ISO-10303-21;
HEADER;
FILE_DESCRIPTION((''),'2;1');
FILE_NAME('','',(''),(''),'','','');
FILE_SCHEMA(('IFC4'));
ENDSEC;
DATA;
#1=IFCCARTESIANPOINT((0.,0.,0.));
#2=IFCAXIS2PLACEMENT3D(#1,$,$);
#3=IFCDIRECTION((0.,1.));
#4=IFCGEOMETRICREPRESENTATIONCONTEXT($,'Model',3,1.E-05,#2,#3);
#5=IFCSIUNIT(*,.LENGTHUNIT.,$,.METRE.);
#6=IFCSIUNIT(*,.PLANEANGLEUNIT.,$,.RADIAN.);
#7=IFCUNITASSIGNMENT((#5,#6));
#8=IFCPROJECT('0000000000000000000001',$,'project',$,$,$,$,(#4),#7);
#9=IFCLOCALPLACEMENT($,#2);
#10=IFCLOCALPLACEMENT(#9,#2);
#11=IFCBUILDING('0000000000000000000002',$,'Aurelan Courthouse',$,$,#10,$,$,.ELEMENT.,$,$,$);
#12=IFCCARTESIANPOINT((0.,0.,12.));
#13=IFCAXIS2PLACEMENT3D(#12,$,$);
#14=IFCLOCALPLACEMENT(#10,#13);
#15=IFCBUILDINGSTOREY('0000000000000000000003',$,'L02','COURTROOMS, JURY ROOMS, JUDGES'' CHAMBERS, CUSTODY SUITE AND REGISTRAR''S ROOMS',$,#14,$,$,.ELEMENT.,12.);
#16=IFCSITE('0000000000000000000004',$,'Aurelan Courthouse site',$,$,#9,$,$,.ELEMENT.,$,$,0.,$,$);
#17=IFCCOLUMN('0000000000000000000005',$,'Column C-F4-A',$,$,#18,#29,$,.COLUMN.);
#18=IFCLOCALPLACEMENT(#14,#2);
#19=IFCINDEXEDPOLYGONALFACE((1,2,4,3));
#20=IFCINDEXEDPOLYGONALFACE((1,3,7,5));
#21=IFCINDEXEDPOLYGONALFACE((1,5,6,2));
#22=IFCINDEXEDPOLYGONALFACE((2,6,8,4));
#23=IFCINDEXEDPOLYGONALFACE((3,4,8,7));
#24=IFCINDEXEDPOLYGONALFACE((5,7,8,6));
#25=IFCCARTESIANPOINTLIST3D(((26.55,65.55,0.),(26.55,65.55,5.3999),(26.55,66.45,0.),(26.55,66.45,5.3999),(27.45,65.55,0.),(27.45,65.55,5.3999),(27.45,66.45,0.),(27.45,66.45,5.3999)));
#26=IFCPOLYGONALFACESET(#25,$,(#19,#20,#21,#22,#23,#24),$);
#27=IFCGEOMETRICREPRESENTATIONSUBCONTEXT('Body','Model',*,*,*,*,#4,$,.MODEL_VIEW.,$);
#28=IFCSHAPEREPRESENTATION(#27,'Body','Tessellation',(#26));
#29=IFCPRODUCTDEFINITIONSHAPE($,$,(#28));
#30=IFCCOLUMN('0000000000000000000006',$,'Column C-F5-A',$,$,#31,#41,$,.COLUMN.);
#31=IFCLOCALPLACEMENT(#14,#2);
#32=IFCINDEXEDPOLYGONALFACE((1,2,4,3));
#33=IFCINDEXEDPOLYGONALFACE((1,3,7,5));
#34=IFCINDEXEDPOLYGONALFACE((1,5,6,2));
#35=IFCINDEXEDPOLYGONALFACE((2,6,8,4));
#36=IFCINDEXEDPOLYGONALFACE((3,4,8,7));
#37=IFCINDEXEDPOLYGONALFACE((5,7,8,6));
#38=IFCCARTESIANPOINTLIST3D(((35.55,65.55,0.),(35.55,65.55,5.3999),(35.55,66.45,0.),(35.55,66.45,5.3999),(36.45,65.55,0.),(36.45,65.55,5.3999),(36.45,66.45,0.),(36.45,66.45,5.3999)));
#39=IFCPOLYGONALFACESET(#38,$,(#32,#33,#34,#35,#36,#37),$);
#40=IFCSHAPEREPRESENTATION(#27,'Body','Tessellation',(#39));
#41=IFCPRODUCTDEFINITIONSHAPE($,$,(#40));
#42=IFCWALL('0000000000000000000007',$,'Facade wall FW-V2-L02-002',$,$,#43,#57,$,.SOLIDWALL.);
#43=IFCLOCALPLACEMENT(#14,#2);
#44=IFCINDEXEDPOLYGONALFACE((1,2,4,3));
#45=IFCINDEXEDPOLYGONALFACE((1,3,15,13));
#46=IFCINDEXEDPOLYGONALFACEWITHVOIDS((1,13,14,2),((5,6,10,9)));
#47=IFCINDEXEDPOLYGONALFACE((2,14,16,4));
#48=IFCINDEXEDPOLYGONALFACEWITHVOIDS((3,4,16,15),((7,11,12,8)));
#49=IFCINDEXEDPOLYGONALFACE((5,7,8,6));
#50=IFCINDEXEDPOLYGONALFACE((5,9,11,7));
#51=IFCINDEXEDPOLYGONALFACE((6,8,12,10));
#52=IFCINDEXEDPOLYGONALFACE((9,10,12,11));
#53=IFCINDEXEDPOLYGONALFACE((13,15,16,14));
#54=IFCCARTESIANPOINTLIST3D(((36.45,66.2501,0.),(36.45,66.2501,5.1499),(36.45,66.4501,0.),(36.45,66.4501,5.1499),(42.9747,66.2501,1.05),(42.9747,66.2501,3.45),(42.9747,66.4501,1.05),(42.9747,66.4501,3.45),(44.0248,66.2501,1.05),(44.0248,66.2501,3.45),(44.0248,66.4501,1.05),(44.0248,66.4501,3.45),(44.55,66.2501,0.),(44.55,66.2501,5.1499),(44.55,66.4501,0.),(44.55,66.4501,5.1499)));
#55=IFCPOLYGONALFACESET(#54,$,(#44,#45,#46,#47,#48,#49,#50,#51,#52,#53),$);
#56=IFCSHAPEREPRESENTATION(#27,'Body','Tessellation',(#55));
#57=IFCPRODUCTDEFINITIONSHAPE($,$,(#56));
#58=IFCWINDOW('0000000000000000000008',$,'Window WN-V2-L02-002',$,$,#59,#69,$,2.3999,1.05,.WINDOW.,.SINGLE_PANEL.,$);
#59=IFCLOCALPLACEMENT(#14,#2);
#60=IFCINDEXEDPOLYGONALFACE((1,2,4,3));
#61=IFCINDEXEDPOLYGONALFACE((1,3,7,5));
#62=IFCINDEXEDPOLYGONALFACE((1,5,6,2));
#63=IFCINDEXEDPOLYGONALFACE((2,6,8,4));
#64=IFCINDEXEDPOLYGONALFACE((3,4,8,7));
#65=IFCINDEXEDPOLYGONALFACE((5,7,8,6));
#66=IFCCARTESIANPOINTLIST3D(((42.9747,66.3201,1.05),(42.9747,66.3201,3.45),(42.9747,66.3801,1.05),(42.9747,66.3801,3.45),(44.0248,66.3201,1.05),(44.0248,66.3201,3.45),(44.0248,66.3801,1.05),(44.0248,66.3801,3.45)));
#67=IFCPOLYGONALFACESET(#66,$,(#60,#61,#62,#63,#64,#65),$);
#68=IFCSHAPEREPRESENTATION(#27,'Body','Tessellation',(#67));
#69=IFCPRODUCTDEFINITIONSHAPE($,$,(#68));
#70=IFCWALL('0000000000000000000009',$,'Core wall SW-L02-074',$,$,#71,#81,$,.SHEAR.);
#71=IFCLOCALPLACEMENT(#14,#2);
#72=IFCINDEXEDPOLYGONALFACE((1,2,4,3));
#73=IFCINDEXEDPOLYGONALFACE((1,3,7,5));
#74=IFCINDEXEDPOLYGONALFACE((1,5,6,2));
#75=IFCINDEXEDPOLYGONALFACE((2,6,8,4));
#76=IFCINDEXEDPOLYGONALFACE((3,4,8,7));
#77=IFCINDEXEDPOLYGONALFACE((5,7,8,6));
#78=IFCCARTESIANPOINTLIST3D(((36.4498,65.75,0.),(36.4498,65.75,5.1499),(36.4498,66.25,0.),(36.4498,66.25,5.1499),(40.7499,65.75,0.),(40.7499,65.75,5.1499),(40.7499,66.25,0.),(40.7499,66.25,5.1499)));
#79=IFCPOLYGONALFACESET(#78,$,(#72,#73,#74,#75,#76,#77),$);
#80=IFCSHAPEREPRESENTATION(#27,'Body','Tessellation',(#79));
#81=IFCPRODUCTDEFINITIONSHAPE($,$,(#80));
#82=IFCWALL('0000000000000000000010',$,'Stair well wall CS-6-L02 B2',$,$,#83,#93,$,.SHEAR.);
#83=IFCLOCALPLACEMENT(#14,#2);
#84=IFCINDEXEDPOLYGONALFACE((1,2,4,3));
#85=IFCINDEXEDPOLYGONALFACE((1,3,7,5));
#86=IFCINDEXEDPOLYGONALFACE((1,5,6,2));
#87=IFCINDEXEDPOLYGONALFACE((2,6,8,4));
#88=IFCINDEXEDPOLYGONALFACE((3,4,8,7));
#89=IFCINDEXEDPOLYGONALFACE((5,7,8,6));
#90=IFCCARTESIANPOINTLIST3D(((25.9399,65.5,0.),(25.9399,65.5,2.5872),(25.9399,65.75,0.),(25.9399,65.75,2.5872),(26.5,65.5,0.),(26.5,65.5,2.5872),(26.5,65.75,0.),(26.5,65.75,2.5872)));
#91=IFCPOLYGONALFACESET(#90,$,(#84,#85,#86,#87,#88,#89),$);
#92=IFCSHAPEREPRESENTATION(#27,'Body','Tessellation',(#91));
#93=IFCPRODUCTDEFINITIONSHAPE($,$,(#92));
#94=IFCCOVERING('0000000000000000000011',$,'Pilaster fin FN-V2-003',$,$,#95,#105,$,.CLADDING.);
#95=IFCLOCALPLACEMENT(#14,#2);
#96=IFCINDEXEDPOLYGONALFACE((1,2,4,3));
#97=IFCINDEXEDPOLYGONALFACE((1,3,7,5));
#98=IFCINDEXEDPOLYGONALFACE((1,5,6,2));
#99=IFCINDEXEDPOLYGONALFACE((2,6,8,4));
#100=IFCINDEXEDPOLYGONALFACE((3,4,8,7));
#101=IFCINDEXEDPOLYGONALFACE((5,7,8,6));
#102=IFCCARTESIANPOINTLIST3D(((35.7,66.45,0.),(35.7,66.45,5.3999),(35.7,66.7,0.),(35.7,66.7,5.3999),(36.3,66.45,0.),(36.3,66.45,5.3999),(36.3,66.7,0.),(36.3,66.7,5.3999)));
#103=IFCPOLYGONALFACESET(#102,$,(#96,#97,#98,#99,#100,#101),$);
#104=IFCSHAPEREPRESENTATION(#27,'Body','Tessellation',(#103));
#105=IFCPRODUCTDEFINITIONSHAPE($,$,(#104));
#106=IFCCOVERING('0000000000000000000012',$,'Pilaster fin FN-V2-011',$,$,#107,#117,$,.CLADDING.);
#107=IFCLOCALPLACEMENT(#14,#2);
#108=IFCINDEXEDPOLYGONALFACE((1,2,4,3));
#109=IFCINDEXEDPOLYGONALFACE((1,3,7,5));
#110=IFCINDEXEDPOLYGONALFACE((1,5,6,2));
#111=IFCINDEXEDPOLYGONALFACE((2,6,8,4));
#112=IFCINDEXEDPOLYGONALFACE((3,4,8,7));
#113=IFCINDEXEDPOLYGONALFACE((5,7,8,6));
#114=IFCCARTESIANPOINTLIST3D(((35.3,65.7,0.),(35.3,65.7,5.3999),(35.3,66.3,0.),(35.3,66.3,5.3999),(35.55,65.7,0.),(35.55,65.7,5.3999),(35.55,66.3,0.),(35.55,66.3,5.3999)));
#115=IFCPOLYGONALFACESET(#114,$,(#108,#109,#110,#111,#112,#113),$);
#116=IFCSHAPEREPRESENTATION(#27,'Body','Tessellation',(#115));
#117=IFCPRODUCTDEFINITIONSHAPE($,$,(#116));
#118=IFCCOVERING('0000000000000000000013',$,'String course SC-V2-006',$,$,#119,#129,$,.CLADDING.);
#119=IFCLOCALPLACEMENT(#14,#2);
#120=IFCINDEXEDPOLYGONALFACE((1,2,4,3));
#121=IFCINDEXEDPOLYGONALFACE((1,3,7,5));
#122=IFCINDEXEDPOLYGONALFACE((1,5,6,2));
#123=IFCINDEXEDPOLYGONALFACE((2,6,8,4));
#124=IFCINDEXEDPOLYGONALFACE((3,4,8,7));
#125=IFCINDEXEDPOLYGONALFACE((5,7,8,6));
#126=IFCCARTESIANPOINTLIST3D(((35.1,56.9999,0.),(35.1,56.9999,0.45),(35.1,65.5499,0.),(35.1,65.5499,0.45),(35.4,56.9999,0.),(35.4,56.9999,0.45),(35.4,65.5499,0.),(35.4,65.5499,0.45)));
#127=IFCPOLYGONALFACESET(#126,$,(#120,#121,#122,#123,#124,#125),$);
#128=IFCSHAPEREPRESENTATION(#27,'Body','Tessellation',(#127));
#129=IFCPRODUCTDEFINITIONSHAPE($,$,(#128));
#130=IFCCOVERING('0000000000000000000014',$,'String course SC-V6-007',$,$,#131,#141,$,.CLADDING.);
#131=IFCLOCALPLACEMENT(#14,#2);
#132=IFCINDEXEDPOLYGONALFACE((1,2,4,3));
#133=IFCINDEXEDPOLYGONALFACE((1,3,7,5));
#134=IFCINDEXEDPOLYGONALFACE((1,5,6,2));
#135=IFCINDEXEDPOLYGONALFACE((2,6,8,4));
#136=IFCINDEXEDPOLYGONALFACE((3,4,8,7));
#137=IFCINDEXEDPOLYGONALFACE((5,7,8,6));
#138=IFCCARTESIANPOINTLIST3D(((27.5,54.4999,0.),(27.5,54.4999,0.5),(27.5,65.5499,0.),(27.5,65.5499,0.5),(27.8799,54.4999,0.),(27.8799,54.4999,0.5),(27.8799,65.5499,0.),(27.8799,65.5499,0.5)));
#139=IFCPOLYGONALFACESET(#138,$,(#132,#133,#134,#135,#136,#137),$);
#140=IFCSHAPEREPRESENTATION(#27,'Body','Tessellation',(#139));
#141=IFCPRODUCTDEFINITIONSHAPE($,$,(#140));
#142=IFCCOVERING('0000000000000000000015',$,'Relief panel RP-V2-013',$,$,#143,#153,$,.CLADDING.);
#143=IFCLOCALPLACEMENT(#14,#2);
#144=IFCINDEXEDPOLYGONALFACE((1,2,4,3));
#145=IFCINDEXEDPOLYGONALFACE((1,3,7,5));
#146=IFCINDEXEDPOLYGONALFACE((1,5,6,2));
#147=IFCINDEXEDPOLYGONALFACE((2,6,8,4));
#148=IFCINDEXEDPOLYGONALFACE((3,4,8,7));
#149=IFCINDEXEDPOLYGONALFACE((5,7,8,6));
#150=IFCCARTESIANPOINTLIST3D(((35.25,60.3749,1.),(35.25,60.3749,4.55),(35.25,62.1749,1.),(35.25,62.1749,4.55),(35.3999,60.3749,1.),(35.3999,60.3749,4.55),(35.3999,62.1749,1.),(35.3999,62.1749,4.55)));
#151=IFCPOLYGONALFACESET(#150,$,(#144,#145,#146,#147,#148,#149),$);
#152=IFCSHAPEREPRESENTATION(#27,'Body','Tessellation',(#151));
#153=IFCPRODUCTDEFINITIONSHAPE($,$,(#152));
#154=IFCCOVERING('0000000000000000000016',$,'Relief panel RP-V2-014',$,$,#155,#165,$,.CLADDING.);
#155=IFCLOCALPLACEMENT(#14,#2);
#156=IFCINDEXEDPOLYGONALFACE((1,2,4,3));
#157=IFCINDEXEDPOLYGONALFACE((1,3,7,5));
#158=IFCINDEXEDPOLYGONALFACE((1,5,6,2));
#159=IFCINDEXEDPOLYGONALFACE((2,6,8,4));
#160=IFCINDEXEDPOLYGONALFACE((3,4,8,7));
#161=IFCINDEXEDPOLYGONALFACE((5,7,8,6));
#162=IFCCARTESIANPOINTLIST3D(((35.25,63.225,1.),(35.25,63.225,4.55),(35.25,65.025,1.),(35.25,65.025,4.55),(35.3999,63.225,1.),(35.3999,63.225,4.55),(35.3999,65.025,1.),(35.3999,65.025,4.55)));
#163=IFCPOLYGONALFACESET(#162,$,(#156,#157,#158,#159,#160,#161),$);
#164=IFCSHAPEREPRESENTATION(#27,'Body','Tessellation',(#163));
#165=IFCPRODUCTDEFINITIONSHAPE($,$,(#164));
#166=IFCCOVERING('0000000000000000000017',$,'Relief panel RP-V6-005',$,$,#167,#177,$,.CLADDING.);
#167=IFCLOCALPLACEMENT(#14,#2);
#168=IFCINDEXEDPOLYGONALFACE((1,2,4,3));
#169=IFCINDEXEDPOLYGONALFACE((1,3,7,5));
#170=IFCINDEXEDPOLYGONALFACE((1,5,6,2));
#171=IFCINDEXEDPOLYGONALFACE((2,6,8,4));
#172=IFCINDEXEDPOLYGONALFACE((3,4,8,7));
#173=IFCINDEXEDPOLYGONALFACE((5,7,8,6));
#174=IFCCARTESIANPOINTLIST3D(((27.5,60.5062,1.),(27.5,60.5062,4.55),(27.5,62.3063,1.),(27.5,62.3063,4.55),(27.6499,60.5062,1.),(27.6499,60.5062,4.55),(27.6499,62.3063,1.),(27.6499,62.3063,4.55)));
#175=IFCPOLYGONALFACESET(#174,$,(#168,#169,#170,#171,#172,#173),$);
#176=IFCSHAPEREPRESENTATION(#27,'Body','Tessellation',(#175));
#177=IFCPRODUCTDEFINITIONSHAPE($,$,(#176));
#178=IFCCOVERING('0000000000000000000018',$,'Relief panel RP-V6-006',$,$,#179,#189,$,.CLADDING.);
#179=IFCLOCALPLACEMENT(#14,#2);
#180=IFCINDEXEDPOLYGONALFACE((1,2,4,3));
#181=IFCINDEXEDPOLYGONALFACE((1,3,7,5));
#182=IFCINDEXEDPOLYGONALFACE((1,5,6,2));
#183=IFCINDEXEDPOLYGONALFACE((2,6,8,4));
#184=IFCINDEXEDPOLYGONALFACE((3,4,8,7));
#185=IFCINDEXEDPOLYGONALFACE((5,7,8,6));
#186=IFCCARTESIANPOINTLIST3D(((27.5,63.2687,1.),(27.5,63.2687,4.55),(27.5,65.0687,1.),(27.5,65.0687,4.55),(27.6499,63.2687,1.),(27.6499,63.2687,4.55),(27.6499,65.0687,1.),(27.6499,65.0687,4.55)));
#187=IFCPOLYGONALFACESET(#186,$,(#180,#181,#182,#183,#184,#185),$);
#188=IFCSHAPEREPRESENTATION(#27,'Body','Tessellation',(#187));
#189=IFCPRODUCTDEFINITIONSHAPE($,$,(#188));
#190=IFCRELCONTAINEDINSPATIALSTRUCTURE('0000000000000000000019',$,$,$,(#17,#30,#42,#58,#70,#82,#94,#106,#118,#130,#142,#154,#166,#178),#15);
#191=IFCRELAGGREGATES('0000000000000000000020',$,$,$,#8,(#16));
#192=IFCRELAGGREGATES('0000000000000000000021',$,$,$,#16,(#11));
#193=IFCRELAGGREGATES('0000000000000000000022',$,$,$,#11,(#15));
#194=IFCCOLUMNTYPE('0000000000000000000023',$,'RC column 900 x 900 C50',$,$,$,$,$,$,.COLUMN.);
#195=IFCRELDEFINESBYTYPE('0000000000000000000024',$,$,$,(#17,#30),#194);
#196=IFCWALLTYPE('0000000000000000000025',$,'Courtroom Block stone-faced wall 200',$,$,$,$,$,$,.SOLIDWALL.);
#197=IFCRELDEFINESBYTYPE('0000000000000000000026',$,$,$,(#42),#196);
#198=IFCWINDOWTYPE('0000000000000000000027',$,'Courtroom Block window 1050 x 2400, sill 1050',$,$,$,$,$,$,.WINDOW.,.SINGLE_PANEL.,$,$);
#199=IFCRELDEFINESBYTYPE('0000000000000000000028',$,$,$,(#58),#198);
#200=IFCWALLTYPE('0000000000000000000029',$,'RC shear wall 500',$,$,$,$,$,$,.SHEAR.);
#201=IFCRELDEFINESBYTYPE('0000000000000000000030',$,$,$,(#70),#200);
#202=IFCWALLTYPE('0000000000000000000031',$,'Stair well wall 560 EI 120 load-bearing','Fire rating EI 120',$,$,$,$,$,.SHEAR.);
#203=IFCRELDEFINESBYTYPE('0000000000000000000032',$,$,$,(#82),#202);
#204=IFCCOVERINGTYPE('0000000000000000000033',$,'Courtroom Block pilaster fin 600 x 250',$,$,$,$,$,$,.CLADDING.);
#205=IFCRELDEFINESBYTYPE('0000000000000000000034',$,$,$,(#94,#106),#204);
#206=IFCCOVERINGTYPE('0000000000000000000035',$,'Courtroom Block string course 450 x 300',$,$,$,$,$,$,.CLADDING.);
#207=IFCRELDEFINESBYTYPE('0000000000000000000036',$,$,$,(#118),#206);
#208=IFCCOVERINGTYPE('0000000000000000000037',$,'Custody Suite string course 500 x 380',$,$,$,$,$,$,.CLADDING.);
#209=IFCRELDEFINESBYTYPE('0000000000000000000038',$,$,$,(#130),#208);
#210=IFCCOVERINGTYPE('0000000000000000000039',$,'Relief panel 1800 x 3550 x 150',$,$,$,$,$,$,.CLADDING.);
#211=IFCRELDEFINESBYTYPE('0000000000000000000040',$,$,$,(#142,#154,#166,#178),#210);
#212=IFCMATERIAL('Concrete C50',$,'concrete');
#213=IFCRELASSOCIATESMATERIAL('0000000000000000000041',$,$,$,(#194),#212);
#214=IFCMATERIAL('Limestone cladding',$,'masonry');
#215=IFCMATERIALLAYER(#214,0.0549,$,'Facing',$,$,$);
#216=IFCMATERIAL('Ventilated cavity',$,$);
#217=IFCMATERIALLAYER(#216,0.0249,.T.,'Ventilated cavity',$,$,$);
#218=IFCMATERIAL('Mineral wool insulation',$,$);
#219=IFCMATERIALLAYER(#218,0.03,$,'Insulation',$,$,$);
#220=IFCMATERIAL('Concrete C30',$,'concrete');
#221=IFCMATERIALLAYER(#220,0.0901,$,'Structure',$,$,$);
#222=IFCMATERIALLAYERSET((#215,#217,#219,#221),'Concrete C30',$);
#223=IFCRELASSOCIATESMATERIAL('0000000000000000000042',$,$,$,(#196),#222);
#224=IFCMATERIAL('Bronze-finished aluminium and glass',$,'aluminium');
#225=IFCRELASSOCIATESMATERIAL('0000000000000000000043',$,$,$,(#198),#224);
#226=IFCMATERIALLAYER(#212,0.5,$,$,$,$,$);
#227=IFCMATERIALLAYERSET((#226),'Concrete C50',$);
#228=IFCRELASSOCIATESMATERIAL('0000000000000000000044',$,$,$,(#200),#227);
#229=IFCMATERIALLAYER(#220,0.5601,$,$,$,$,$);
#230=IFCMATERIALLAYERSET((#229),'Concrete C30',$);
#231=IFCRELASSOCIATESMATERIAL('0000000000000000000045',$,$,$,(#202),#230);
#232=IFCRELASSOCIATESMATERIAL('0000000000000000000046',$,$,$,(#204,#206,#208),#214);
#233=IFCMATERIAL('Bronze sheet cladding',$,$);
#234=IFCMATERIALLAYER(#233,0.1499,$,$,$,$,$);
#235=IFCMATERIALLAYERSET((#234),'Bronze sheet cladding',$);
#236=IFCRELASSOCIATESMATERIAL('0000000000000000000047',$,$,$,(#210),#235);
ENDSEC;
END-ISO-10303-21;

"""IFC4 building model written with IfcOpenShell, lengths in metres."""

from ifc_helpers import new_model, si_unit, direction, frame, frame_2d, origin, origin_2d, place, context, subcontext, project, spatial, rectangle, extrude, material, layer, layer_set, material_profile, profile_set, type_object, element, fill, save


model = new_model("IFC4")

# Units and contexts
model_context = context("Model", 3, precision=1e-05, world=origin(), true_north=direction((0.0, 1.0)))
body_context = subcontext(model_context, "Body", "Model", "MODEL_VIEW")
ifc_project = project(units=[si_unit("LENGTHUNIT", "METRE"), si_unit("PLANEANGLEUNIT", "RADIAN")], contexts=[model_context])

# Site, building, storey
site_placement = place(None, origin())
site = spatial("IfcSite", under=ifc_project, at=site_placement, Name="Aurelan Courthouse site", CompositionType="ELEMENT", RefElevation=0.0)
building_placement = place(site_placement, origin())
building = spatial("IfcBuilding", under=site, at=building_placement, Name="Aurelan Courthouse", CompositionType="ELEMENT")
storey_placement = place(building_placement, frame((0.0, 0.0, 12.0)))
storey = spatial("IfcBuildingStorey", under=building, at=storey_placement, Name="L02", Description="COURTROOMS, JURY ROOMS, JUDGES' CHAMBERS, CUSTODY SUITE AND REGISTRAR'S ROOMS", CompositionType="ELEMENT", Elevation=12.0)

# Columns
ifc_material_1 = material(Name="Concrete C50", Category="concrete")
ifc_material_profile = material_profile(ifc_material_1, rectangle(XDim=0.8999, YDim=0.8999, at=origin_2d()), Name="RC 900 x 900")
ifc_profile_set = profile_set([ifc_material_profile], Name="Concrete C50")
column_type = type_object("IfcColumnType", Name="RC column 900 x 900 C50", PredefinedType="COLUMN", material=ifc_profile_set)
for number, where, z_axis, x_axis, name in (
    (1, (27.0, 66.0, 0.0), (0.0, 0.0, 1.0), (1.0, 0.0, 0.0), "Column C-F4-A"),
    (2, (36.0, 66.0, 0.0), (0.0, 0.0, 1.0), (1.0, 0.0, 0.0), "Column C-F5-A"),
):
    element("IfcColumn", number, at=place(storey_placement, frame(where, z_axis=z_axis, x_axis=x_axis)), inside=storey, type_object=column_type, Name=name, PredefinedType="COLUMN", context=body_context, shape_type="SweptSolid", body=[
        extrude(rectangle(XDim=0.8999, YDim=0.8999, at=origin_2d()), origin(), (0.0, 0.0, 1.0), 5.3999),
    ])

# Wall, opening, window
ifc_material_2 = material(Name="Limestone cladding", Category="masonry")
ifc_layer_1 = layer(ifc_material_2, 0.0549, Name="Facing")
ifc_material_3 = material(Name="Ventilated cavity")
ifc_layer_2 = layer(ifc_material_3, 0.0249, ventilated=True, Name="Ventilated cavity")
ifc_material_4 = material(Name="Mineral wool insulation")
ifc_layer_3 = layer(ifc_material_4, 0.03, Name="Insulation")
ifc_material_5 = material(Name="Concrete C30", Category="concrete")
ifc_layer_4 = layer(ifc_material_5, 0.0901, Name="Structure")
ifc_layer_set_1 = layer_set([ifc_layer_1, ifc_layer_2, ifc_layer_3, ifc_layer_4], Name="Concrete C30")
wall_type_1 = type_object("IfcWallType", Name="Courtroom Block stone-faced wall 200", PredefinedType="SOLIDWALL", material=ifc_layer_set_1)
wall_1_placement = place(storey_placement, frame((36.45, 66.3501, 0.0), z_axis=(0.0, 0.0, 1.0), x_axis=(1.0, 0.0, 0.0)))
wall_1 = element("IfcWall", 3, at=wall_1_placement, inside=storey, type_object=wall_type_1, Name="Facade wall FW-V2-L02-002", PredefinedType="SOLIDWALL", context=body_context, shape_type="SweptSolid", body=[
    extrude(rectangle(XDim=8.1001, YDim=0.2, at=frame_2d((4.05, 0.0))), origin(), (0.0, 0.0, 1.0), 5.1499),
])
opening_placement = place(wall_1_placement, frame((6.5249, 0.0, 1.05)))
opening = element("IfcOpeningElement", 4, at=opening_placement, cuts=wall_1, PredefinedType="OPENING", context=body_context, shape_type="SweptSolid", body=[
    extrude(rectangle(XDim=1.05, YDim=2.3999, at=frame_2d((0.5249, 1.2))), frame((0.0, 0.1099, 0.0), z_axis=(0.0, -1.0, 0.0), x_axis=(1.0, 0.0, 0.0)), (0.0, 0.0, 1.0), 0.22),
])
ifc_material_6 = material(Name="Bronze-finished aluminium and glass", Category="aluminium")
window_type = type_object("IfcWindowType", Name="Courtroom Block window 1050 x 2400, sill 1050", PartitioningType="SINGLE_PANEL", PredefinedType="WINDOW", material=ifc_material_6)
window_placement = place(opening_placement, origin())
window = element("IfcWindow", 5, at=window_placement, inside=storey, type_object=window_type, Name="Window WN-V2-L02-002", OverallHeight=2.3999, OverallWidth=1.05, PartitioningType="SINGLE_PANEL", PredefinedType="WINDOW", context=body_context, shape_type="SweptSolid", body=[
    extrude(rectangle(XDim=1.05, YDim=2.3999, at=frame_2d((0.5249, 1.2))), frame((0.0, 0.03, 0.0), z_axis=(0.0, -1.0, 0.0), x_axis=(1.0, 0.0, 0.0)), (0.0, 0.0, 1.0), 0.0601),
])
fill(opening, window)

# Walls
ifc_layer_5 = layer(ifc_material_1, 0.5)
ifc_layer_set_2 = layer_set([ifc_layer_5], Name="Concrete C50")
wall_type_2 = type_object("IfcWallType", Name="RC shear wall 500", PredefinedType="SHEAR", material=ifc_layer_set_2)
wall_2_placement = place(storey_placement, frame((36.45, 66.0, 0.0), z_axis=(0.0, 0.0, 1.0), x_axis=(1.0, 0.0, 0.0)))
element("IfcWall", 6, at=wall_2_placement, inside=storey, type_object=wall_type_2, Name="Core wall SW-L02-074", PredefinedType="SHEAR", context=body_context, shape_type="SweptSolid", body=[
    extrude(rectangle(XDim=4.3, YDim=0.5, at=frame_2d((2.1499, 0.0))), origin(), (0.0, 0.0, 1.0), 5.1499),
])
ifc_layer_6 = layer(ifc_material_5, 0.5601)
ifc_layer_set_3 = layer_set([ifc_layer_6], Name="Concrete C30")
wall_type_3 = type_object("IfcWallType", Name="Stair well wall 560 EI 120 load-bearing", Description="Fire rating EI 120", PredefinedType="SHEAR", material=ifc_layer_set_3)
wall_3_placement = place(storey_placement, frame((26.22, 65.5, 0.0), z_axis=(0.0, 0.0, 1.0), x_axis=(0.0, 1.0, 0.0)))
element("IfcWall", 7, at=wall_3_placement, inside=storey, type_object=wall_type_3, Name="Stair well wall CS-6-L02 B2", PredefinedType="SHEAR", context=body_context, shape_type="SweptSolid", body=[
    extrude(rectangle(XDim=0.25, YDim=0.5601, at=frame_2d((0.125, 0.0))), origin(), (0.0, 0.0, 1.0), 2.5872),
])

# Coverings
ifc_material_7 = material(Name="Bronze sheet cladding")
covering_type_1 = type_object("IfcCoveringType", Name="Courtroom Block pilaster fin 600 x 250", PredefinedType="CLADDING", material=ifc_material_2)
covering_1_placement = place(storey_placement, frame((36.0, 66.575, 0.0), z_axis=(0.0, 0.0, 1.0), x_axis=(1.0, 0.0, 0.0)))
element("IfcCovering", 8, at=covering_1_placement, inside=storey, type_object=covering_type_1, Name="Pilaster fin FN-V2-003", PredefinedType="CLADDING", context=body_context, shape_type="SweptSolid", body=[
    extrude(rectangle(XDim=0.6001, YDim=0.25, at=origin_2d()), origin(), (0.0, 0.0, 1.0), 5.3999),
])
covering_2_placement = place(storey_placement, frame((35.425, 66.0, 0.0), z_axis=(0.0, 0.0, 1.0), x_axis=(1.0, 0.0, 0.0)))
element("IfcCovering", 9, at=covering_2_placement, inside=storey, type_object=covering_type_1, Name="Pilaster fin FN-V2-011", PredefinedType="CLADDING", context=body_context, shape_type="SweptSolid", body=[
    extrude(rectangle(XDim=0.25, YDim=0.6001, at=origin_2d()), origin(), (0.0, 0.0, 1.0), 5.3999),
])
covering_type_2 = type_object("IfcCoveringType", Name="Courtroom Block string course 450 x 300", PredefinedType="CLADDING", material=ifc_material_2)
covering_3_placement = place(storey_placement, frame((35.25, 61.2749, 0.0), z_axis=(0.0, 0.0, 1.0), x_axis=(1.0, 0.0, 0.0)))
element("IfcCovering", 10, at=covering_3_placement, inside=storey, type_object=covering_type_2, Name="String course SC-V2-006", PredefinedType="CLADDING", context=body_context, shape_type="SweptSolid", body=[
    extrude(rectangle(XDim=0.3, YDim=8.55, at=origin_2d()), origin(), (0.0, 0.0, 1.0), 0.45),
])
covering_type_3 = type_object("IfcCoveringType", Name="Custody Suite string course 500 x 380", PredefinedType="CLADDING", material=ifc_material_2)
covering_4_placement = place(storey_placement, frame((27.6899, 60.0249, 0.0), z_axis=(0.0, 0.0, 1.0), x_axis=(1.0, 0.0, 0.0)))
element("IfcCovering", 11, at=covering_4_placement, inside=storey, type_object=covering_type_3, Name="String course SC-V6-007", PredefinedType="CLADDING", context=body_context, shape_type="SweptSolid", body=[
    extrude(rectangle(XDim=0.3799, YDim=11.05, at=origin_2d()), origin(), (0.0, 0.0, 1.0), 0.5),
])
ifc_layer_7 = layer(ifc_material_7, 0.1499)
ifc_layer_set_4 = layer_set([ifc_layer_7], Name="Bronze sheet cladding")
covering_type_4 = type_object("IfcCoveringType", Name="Relief panel 1800 x 3550 x 150", PredefinedType="CLADDING", material=ifc_layer_set_4)
for number, where, z_axis, x_axis, name in (
    (12, (35.325, 61.2749, 1.0), (0.0, 0.0, 1.0), (1.0, 0.0, 0.0), "Relief panel RP-V2-013"),
    (13, (35.325, 64.125, 1.0), (0.0, 0.0, 1.0), (1.0, 0.0, 0.0), "Relief panel RP-V2-014"),
    (14, (27.575, 61.4062, 1.0), (0.0, 0.0, 1.0), (1.0, 0.0, 0.0), "Relief panel RP-V6-005"),
    (15, (27.575, 64.1687, 1.0), (0.0, 0.0, 1.0), (1.0, 0.0, 0.0), "Relief panel RP-V6-006"),
):
    element("IfcCovering", number, at=place(storey_placement, frame(where, z_axis=z_axis, x_axis=x_axis)), inside=storey, type_object=covering_type_4, Name=name, PredefinedType="CLADDING", context=body_context, shape_type="SweptSolid", body=[
        extrude(rectangle(XDim=0.1499, YDim=1.8, at=origin_2d()), origin(), (0.0, 0.0, 1.0), 3.55),
    ])

save(model, "model.ifc")
